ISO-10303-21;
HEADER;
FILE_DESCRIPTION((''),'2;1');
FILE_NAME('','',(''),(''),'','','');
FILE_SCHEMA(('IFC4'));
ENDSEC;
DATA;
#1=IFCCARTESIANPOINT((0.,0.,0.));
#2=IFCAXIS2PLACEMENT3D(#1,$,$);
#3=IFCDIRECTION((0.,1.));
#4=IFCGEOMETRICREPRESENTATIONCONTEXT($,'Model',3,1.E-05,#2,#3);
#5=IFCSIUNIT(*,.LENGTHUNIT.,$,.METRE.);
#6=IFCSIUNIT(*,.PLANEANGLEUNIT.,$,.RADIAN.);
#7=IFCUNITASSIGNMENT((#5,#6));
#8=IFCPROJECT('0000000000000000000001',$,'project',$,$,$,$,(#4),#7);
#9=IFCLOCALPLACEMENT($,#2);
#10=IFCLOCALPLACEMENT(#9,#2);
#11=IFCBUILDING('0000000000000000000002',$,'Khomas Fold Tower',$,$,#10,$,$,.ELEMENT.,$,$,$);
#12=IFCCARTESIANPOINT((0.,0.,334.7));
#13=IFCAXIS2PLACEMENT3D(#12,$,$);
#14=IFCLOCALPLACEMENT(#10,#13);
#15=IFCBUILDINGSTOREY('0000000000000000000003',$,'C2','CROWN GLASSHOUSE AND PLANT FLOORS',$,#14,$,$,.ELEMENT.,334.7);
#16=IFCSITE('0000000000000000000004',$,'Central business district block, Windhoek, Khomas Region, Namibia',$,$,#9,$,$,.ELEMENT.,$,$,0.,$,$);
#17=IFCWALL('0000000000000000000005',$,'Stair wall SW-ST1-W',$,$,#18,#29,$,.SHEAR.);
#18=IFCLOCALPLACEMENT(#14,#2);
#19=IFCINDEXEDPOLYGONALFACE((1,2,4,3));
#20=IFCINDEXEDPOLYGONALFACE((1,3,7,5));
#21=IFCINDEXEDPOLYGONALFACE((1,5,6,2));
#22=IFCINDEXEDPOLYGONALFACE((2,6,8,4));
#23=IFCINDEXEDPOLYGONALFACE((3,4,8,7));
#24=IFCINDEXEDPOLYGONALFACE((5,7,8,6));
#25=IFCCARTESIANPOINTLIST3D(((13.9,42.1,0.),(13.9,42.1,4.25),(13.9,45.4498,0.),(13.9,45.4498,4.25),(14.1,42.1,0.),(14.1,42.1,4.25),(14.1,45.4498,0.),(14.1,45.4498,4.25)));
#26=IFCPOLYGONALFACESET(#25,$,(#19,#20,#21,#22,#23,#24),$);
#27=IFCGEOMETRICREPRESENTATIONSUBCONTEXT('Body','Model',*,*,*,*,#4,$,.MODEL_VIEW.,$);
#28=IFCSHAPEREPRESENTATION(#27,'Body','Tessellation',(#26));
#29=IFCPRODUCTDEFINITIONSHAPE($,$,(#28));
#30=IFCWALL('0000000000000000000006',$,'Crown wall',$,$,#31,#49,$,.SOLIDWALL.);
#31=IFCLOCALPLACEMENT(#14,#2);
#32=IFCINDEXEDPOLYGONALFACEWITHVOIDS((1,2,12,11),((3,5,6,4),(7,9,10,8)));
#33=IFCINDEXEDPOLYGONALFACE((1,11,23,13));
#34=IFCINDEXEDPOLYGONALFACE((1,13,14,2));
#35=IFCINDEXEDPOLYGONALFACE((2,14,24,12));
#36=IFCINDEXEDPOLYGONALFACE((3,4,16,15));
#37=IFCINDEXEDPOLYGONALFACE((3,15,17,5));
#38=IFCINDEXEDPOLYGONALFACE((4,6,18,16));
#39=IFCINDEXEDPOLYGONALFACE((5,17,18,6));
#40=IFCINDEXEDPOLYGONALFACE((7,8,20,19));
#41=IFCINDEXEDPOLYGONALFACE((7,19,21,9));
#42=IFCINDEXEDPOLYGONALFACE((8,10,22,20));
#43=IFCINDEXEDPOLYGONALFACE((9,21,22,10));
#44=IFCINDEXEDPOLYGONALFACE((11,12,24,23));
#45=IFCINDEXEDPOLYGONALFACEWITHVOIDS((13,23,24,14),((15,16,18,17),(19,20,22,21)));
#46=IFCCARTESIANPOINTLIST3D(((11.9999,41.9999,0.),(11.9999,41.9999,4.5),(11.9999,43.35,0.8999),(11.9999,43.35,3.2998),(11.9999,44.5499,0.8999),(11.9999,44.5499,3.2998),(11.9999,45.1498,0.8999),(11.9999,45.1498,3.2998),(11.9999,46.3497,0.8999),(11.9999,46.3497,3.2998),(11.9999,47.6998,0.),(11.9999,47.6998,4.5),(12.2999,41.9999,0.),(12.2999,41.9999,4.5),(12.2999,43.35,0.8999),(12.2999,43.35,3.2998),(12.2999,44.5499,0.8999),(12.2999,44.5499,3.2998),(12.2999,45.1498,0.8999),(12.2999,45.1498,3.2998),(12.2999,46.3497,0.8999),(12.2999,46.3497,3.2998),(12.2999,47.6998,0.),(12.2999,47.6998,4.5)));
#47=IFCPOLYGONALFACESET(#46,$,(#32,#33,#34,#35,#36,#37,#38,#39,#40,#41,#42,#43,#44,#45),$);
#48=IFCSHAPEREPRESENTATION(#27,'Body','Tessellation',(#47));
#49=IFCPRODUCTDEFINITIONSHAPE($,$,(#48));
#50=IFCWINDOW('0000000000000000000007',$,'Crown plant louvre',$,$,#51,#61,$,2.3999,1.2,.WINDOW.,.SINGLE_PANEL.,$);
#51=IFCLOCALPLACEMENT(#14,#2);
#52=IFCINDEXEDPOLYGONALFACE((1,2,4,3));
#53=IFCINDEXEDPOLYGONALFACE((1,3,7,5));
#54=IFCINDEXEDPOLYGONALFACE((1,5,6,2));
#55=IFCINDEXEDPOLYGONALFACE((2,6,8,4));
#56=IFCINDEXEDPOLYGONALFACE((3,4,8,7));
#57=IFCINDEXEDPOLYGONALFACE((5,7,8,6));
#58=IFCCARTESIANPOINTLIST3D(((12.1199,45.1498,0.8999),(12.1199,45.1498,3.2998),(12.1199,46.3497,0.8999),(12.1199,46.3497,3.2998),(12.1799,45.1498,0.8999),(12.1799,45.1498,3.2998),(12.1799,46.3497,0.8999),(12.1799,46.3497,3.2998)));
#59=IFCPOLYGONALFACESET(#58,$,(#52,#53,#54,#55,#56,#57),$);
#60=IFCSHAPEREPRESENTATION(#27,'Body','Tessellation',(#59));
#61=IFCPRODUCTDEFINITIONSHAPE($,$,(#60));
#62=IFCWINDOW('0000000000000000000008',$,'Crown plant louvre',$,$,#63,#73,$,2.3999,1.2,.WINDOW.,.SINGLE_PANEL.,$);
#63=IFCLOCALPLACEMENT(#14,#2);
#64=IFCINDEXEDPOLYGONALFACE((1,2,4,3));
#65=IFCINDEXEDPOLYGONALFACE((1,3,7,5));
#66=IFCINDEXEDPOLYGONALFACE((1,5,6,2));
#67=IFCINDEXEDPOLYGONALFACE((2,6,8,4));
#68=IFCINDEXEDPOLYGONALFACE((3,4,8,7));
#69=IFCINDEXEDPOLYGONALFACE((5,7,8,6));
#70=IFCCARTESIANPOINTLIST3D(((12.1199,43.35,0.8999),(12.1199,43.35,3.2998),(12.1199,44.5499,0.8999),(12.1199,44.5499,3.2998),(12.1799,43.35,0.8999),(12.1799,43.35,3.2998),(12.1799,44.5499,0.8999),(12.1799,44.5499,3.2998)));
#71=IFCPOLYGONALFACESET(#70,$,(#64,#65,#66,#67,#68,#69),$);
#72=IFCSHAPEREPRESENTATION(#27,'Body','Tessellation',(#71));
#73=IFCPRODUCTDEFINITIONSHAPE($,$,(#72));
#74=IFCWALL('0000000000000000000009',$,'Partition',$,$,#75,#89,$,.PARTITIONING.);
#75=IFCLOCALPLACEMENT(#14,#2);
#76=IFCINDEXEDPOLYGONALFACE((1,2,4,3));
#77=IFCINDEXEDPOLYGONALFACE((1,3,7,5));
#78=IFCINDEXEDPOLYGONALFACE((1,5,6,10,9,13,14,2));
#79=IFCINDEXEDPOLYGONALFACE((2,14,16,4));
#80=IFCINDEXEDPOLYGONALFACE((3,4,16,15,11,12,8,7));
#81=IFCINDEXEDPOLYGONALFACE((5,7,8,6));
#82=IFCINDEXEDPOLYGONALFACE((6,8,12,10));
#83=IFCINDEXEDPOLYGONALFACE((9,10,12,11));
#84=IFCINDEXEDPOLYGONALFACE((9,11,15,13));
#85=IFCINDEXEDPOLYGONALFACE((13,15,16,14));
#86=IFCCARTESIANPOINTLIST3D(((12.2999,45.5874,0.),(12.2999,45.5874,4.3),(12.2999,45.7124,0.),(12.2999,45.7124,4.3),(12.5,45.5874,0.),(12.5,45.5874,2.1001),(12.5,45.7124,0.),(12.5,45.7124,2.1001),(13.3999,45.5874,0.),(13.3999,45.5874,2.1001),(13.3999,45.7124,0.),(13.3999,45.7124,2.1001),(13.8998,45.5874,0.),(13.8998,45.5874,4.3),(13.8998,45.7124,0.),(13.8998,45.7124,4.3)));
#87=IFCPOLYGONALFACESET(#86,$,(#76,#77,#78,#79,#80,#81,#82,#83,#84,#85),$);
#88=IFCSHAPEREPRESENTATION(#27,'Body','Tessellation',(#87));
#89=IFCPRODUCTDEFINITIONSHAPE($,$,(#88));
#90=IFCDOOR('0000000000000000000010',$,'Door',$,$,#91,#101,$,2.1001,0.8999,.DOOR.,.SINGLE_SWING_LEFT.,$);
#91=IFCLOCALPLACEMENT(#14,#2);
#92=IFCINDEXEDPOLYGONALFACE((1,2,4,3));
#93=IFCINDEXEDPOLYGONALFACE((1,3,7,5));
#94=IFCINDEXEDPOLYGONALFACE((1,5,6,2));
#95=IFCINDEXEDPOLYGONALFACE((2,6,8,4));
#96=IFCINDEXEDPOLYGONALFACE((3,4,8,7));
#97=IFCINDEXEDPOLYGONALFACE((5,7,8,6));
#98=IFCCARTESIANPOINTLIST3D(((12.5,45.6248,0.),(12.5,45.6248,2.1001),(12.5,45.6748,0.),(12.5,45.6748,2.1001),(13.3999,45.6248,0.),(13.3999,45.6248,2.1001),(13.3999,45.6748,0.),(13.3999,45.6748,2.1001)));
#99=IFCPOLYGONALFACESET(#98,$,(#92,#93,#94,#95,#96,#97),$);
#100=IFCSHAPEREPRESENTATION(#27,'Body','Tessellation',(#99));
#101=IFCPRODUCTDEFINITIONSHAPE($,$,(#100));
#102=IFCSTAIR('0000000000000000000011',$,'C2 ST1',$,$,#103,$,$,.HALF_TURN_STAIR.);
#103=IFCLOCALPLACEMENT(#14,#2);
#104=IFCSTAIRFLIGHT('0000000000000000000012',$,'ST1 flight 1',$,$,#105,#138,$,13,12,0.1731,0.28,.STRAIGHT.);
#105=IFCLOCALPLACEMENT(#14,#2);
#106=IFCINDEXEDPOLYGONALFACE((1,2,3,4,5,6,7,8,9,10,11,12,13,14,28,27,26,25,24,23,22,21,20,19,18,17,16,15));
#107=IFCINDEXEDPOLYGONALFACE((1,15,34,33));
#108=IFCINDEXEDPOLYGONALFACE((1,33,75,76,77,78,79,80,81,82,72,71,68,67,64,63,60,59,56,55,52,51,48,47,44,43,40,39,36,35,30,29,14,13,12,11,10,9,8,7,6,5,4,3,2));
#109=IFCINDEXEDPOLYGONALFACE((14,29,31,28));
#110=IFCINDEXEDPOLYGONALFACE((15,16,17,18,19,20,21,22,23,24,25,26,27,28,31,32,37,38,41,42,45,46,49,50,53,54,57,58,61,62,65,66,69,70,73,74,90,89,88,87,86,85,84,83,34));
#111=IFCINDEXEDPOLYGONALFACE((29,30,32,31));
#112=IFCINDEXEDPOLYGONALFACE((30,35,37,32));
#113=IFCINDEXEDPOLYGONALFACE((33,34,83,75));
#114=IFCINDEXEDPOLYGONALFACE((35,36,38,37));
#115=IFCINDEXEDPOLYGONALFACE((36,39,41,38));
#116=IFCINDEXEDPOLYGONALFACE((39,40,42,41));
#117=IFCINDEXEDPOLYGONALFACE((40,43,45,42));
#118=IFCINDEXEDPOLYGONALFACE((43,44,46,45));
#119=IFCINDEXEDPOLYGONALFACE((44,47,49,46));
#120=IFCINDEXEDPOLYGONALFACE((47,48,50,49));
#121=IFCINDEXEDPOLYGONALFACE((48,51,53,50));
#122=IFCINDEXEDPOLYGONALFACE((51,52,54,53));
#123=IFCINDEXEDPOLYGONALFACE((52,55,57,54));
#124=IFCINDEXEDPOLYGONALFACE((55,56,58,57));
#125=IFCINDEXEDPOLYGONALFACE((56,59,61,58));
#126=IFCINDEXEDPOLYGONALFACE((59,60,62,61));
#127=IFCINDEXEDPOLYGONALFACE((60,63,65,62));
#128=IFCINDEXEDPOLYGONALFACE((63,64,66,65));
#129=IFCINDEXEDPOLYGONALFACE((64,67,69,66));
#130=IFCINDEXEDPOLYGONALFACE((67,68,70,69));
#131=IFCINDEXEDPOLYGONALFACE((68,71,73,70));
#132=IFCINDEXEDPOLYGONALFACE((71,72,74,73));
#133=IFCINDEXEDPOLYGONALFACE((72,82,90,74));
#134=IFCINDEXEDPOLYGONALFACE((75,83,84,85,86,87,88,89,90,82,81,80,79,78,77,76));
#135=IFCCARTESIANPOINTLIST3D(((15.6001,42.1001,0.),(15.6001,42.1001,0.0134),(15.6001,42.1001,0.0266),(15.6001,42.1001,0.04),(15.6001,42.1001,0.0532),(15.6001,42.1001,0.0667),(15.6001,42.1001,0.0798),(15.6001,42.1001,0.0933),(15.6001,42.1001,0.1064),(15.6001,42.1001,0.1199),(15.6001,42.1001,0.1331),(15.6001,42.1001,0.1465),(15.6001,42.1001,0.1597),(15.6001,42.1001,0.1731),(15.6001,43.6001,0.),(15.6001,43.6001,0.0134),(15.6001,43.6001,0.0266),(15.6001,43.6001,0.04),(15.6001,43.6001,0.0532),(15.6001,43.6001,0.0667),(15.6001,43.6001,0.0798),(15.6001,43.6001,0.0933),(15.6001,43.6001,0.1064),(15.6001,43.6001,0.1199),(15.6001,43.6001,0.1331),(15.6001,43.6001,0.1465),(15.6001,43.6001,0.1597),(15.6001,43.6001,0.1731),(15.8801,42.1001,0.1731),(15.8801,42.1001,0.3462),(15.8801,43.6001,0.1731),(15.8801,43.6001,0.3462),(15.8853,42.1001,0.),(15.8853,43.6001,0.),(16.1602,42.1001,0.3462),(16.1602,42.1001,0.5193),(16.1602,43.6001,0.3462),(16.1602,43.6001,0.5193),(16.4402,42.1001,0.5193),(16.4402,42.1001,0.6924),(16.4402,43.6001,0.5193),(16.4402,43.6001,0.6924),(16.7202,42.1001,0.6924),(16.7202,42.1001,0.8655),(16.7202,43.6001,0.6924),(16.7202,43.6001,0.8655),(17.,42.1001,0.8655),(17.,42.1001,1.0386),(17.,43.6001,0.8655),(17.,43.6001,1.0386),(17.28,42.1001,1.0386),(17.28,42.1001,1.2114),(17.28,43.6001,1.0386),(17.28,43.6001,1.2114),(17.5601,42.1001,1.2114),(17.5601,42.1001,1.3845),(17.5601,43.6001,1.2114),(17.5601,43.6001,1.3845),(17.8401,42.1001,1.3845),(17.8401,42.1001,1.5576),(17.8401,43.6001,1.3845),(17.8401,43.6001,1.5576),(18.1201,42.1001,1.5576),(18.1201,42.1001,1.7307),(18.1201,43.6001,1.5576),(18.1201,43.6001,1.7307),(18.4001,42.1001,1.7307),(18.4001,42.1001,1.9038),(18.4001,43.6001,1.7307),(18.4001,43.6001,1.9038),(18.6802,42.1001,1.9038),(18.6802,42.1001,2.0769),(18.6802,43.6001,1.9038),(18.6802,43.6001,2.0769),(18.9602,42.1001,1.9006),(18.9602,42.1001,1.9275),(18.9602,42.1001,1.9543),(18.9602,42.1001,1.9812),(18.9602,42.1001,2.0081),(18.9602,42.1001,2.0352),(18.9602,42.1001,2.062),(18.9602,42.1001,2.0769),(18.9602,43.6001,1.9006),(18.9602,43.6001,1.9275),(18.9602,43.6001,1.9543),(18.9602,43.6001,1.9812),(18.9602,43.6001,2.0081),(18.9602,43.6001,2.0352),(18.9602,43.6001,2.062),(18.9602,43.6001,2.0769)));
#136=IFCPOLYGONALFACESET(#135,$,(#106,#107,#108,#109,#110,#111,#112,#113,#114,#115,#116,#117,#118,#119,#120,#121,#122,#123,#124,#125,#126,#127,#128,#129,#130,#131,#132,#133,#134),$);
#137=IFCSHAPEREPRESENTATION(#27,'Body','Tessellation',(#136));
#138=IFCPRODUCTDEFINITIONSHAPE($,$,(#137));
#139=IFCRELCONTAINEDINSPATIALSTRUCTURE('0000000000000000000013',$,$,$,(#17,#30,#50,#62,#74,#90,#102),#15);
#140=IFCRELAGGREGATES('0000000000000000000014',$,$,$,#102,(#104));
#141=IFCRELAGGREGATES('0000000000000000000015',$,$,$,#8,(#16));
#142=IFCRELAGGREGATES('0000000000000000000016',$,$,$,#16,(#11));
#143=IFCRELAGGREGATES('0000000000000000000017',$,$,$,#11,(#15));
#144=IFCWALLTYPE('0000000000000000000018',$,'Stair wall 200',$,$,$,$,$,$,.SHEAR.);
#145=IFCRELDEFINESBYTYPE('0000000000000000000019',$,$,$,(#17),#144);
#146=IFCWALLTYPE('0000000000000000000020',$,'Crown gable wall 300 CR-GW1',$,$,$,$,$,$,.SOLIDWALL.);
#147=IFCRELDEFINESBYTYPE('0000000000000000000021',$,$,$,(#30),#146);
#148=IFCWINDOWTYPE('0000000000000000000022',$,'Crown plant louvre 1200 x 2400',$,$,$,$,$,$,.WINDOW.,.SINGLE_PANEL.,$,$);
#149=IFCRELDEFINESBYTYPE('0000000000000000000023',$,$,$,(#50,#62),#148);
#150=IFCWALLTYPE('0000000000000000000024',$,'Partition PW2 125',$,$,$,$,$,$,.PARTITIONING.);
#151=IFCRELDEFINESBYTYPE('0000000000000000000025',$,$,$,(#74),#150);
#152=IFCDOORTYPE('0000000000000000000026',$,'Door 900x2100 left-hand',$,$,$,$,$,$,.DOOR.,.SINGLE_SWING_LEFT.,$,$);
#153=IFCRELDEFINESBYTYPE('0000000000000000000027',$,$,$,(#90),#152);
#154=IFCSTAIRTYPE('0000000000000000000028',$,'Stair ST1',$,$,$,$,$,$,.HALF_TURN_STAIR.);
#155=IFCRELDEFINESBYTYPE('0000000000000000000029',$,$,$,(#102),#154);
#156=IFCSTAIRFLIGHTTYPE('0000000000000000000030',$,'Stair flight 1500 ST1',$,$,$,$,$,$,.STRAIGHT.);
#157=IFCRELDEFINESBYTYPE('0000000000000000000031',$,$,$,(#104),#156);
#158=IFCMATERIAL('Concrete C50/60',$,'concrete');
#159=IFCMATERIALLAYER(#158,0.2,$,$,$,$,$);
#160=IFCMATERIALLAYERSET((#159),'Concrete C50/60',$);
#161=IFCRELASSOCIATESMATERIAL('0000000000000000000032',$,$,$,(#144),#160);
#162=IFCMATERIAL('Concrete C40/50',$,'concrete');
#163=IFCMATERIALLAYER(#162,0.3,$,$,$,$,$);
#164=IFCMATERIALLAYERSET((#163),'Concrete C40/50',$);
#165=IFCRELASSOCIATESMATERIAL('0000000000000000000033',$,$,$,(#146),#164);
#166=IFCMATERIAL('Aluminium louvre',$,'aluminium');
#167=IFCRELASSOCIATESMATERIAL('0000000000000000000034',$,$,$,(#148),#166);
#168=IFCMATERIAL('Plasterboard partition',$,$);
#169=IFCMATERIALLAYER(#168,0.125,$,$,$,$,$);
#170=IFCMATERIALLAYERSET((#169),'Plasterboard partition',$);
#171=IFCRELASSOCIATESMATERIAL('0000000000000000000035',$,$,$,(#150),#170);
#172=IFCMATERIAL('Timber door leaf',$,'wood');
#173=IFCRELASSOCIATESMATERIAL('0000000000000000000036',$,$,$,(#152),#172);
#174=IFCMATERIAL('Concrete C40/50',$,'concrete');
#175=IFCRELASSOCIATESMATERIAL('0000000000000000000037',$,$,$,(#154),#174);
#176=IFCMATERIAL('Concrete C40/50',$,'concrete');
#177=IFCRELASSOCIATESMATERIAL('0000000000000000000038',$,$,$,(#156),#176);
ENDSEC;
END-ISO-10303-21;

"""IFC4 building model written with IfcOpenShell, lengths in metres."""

from ifc_helpers import new_model, si_unit, direction, frame, frame_2d, origin, place, context, subcontext, project, spatial, polyline, rectangle, outline, extrude, source, transform, mapped, material, layer, layer_set, type_object, element, fill, aggregate, save


model = new_model("IFC4")

# Units and contexts
model_context = context("Model", 3, precision=1e-05, world=origin(), true_north=direction((0.0, 1.0)))
body_context = subcontext(model_context, "Body", "Model", "MODEL_VIEW")
ifc_project = project(units=[si_unit("LENGTHUNIT", "METRE"), si_unit("PLANEANGLEUNIT", "RADIAN")], contexts=[model_context])

# Site, building, storey
site_placement = place(None, origin())
site = spatial("IfcSite", under=ifc_project, at=site_placement, Name="Central business district block, Windhoek, Khomas Region, Namibia", CompositionType="ELEMENT", RefElevation=0.0)
building_placement = place(site_placement, origin())
building = spatial("IfcBuilding", under=site, at=building_placement, Name="Khomas Fold Tower", CompositionType="ELEMENT")
storey_placement = place(building_placement, frame((0.0, 0.0, 334.7)))
storey = spatial("IfcBuildingStorey", under=building, at=storey_placement, Name="C2", Description="CROWN GLASSHOUSE AND PLANT FLOORS", CompositionType="ELEMENT", Elevation=334.7)

# Shared definitions
ifc_material_1 = material(Name="Concrete C50/60", Category="concrete")
ifc_layer_1 = layer(ifc_material_1, 0.2)
ifc_layer_set_1 = layer_set([ifc_layer_1], Name="Concrete C50/60")
wall_type_1 = type_object("IfcWallType", Name="Stair wall 200", PredefinedType="SHEAR", material=ifc_layer_set_1)

# Wall
shared_shape_1 = source(origin(), body_context, "Body", "SweptSolid", [
    extrude(rectangle(XDim=3.3499, YDim=0.2, at=frame_2d((1.6748, 0.0))), origin(), (0.0, 0.0, 1.0), 4.25),
])
wall_1_placement = place(storey_placement, frame((14.0, 42.1001, 0.0), z_axis=(0.0, 0.0, 1.0), x_axis=(0.0, 1.0, 0.0)))
element("IfcWall", 1, at=wall_1_placement, inside=storey, type_object=wall_type_1, Name="Stair wall SW-ST1-W", PredefinedType="SHEAR", context=body_context, shape_type="MappedRepresentation", body=[
    mapped(shared_shape_1, transform((0.0, 0.0, 0.0))),
])

# Wall, openings, windows
ifc_material_2 = material(Name="Concrete C40/50", Category="concrete")
ifc_layer_2 = layer(ifc_material_2, 0.3)
ifc_layer_set_2 = layer_set([ifc_layer_2], Name="Concrete C40/50")
wall_type_2 = type_object("IfcWallType", Name="Crown gable wall 300 CR-GW1", PredefinedType="SOLIDWALL", material=ifc_layer_set_2)
shared_shape_2 = source(origin(), body_context, "Body", "SweptSolid", [
    extrude(rectangle(XDim=5.7, YDim=0.3, at=frame_2d((2.8501, 0.0))), origin(), (0.0, 0.0, 1.0), 4.5),
])
wall_2_placement = place(storey_placement, frame((12.1499, 47.7, 0.0), z_axis=(0.0, 0.0, 1.0), x_axis=(0.0, -1.0, 0.0)))
wall_2 = element("IfcWall", 2, at=wall_2_placement, inside=storey, type_object=wall_type_2, Name="Crown wall", PredefinedType="SOLIDWALL", context=body_context, shape_type="MappedRepresentation", body=[
    mapped(shared_shape_2, transform((0.0, 0.0, 0.0))),
])
shared_shape_3 = source(origin(), body_context, "Body", "SweptSolid", [
    extrude(rectangle(XDim=1.2, YDim=2.3999, at=frame_2d((0.6001, 1.2))), frame((0.0, 0.1599, 0.0), z_axis=(0.0, -1.0, 0.0), x_axis=(1.0, 0.0, 0.0)), (0.0, 0.0, 1.0), 0.3201),
])
opening_1_placement = place(wall_2_placement, frame((1.3501, 0.0, 0.8999)))
opening_1 = element("IfcOpeningElement", 3, at=opening_1_placement, cuts=wall_2, PredefinedType="OPENING", context=body_context, shape_type="MappedRepresentation", body=[
    mapped(shared_shape_3, transform((0.0, 0.0, 0.0))),
])
opening_2_placement = place(wall_2_placement, frame((3.1499, 0.0, 0.8999)))
opening_2 = element("IfcOpeningElement", 4, at=opening_2_placement, cuts=wall_2, PredefinedType="OPENING", context=body_context, shape_type="MappedRepresentation", body=[
    mapped(shared_shape_3, transform((0.0, 0.0, 0.0))),
])
ifc_material_3 = material(Name="Aluminium louvre", Category="aluminium")
window_type = type_object("IfcWindowType", Name="Crown plant louvre 1200 x 2400", PartitioningType="SINGLE_PANEL", PredefinedType="WINDOW", material=ifc_material_3)
shared_shape_4 = source(origin(), body_context, "Body", "SweptSolid", [
    extrude(rectangle(XDim=1.2, YDim=2.3999, at=frame_2d((0.6001, 1.2))), frame((0.0, 0.03, 0.0), z_axis=(0.0, -1.0, 0.0), x_axis=(1.0, 0.0, 0.0)), (0.0, 0.0, 1.0), 0.0601),
])
window_1_placement = place(opening_1_placement, origin())
window_1 = element("IfcWindow", 5, at=window_1_placement, inside=storey, type_object=window_type, Name="Crown plant louvre", OverallHeight=2.3999, OverallWidth=1.2, PartitioningType="SINGLE_PANEL", PredefinedType="WINDOW", context=body_context, shape_type="MappedRepresentation", body=[
    mapped(shared_shape_4, transform((0.0, 0.0, 0.0))),
])
fill(opening_1, window_1)
window_2_placement = place(opening_2_placement, origin())
window_2 = element("IfcWindow", 6, at=window_2_placement, inside=storey, type_object=window_type, Name="Crown plant louvre", OverallHeight=2.3999, OverallWidth=1.2, PartitioningType="SINGLE_PANEL", PredefinedType="WINDOW", context=body_context, shape_type="MappedRepresentation", body=[
    mapped(shared_shape_4, transform((0.0, 0.0, 0.0))),
])
fill(opening_2, window_2)

# Wall, opening, door
ifc_material_4 = material(Name="Plasterboard partition")
ifc_layer_3 = layer(ifc_material_4, 0.125)
ifc_layer_set_3 = layer_set([ifc_layer_3], Name="Plasterboard partition")
wall_type_3 = type_object("IfcWallType", Name="Partition PW2 125", PredefinedType="PARTITIONING", material=ifc_layer_set_3)
shared_shape_5 = source(origin(), body_context, "Body", "SweptSolid", [
    extrude(rectangle(XDim=1.5999, YDim=0.125, at=frame_2d((0.7998, 0.0))), origin(), (0.0, 0.0, 1.0), 4.3),
])
wall_3_placement = place(storey_placement, frame((12.3, 45.6499, 0.0), z_axis=(0.0, 0.0, 1.0), x_axis=(1.0, 0.0, 0.0)))
wall_3 = element("IfcWall", 7, at=wall_3_placement, inside=storey, type_object=wall_type_3, Name="Partition", PredefinedType="PARTITIONING", context=body_context, shape_type="MappedRepresentation", body=[
    mapped(shared_shape_5, transform((0.0, 0.0, 0.0))),
])
shared_shape_6 = source(origin(), body_context, "Body", "SweptSolid", [
    extrude(rectangle(XDim=0.8999, YDim=2.1001, at=frame_2d((0.45, 1.05))), frame((0.0, 0.0725, 0.0), z_axis=(0.0, -1.0, 0.0), x_axis=(1.0, 0.0, 0.0)), (0.0, 0.0, 1.0), 0.145),
])
opening_3_placement = place(wall_3_placement, frame((0.2, 0.0, 0.0)))
opening_3 = element("IfcOpeningElement", 8, at=opening_3_placement, cuts=wall_3, PredefinedType="OPENING", context=body_context, shape_type="MappedRepresentation", body=[
    mapped(shared_shape_6, transform((0.0, 0.0, 0.0))),
])
ifc_material_5 = material(Name="Timber door leaf", Category="wood")
door_type_1 = type_object("IfcDoorType", Name="Door 900x2100 left-hand", OperationType="SINGLE_SWING_LEFT", PredefinedType="DOOR", material=ifc_material_5)
shared_shape_7 = source(origin(), body_context, "Body", "SweptSolid", [
    extrude(rectangle(XDim=0.8999, YDim=2.1001, at=frame_2d((0.45, 1.05))), frame((0.0, 0.0249, 0.0), z_axis=(0.0, -1.0, 0.0), x_axis=(1.0, 0.0, 0.0)), (0.0, 0.0, 1.0), 0.05),
])
door_1_placement = place(opening_3_placement, origin())
door_1 = element("IfcDoor", 9, at=door_1_placement, inside=storey, type_object=door_type_1, Name="Door", OperationType="SINGLE_SWING_LEFT", OverallHeight=2.1001, OverallWidth=0.8999, PredefinedType="DOOR", context=body_context, shape_type="MappedRepresentation", body=[
    mapped(shared_shape_7, transform((0.0, 0.0, 0.0))),
])
fill(opening_3, door_1)

# Stair, stair flight
ifc_material_6 = material(Name="Concrete C40/50", Category="concrete")
stair_type_1 = type_object("IfcStairType", Name="Stair ST1", PredefinedType="HALF_TURN_STAIR", material=ifc_material_6)
stair_1_placement = place(storey_placement, origin())
stair_1 = element("IfcStair", 10, at=stair_1_placement, inside=storey, type_object=stair_type_1, Name="C2 ST1", PredefinedType="HALF_TURN_STAIR")
ifc_material_7 = material(Name="Concrete C40/50", Category="concrete")
stair_flight_type_1 = type_object("IfcStairFlightType", Name="Stair flight 1500 ST1", PredefinedType="STRAIGHT", material=ifc_material_7)
shared_shape_8 = source(origin(), body_context, "Body", "SweptSolid", [
    extrude(outline(polyline([(0.0, 0.0), (0.0, 0.0134), (0.0, 0.0266), (0.0, 0.04), (0.0, 0.0532), (0.0, 0.0667), (0.0, 0.0798), (0.0, 0.0933), (0.0, 0.1064), (0.0, 0.1199), (0.0, 0.1331), (0.0, 0.1465), (0.0, 0.1597), (0.0, 0.1731), (0.28, 0.1731), (0.28, 0.3462), (0.5601, 0.3462), (0.5601, 0.5193), (0.8401, 0.5193), (0.8401, 0.6924), (1.1201, 0.6924), (1.1201, 0.8655), (1.3999, 0.8655), (1.3999, 1.0386), (1.6799, 1.0386), (1.6799, 1.2114), (1.96, 1.2114), (1.96, 1.3845), (2.24, 1.3845), (2.24, 1.5576), (2.52, 1.5576), (2.52, 1.7307), (2.8, 1.7307), (2.8, 1.9038), (3.0801, 1.9038), (3.0801, 2.0769), (3.3601, 2.0769), (3.3601, 2.25), (3.3601, 2.2231), (3.3601, 2.1963), (3.3601, 2.1694), (3.3601, 2.1426), (3.3601, 2.1157), (3.3601, 2.0889), (3.3601, 2.062), (3.3601, 2.0352), (3.3601, 2.0081), (3.3601, 1.9812), (3.3601, 1.9543), (3.3601, 1.9275), (3.3601, 1.9006), (0.2852, 0.0), (0.0, 0.0)])), frame((0.0, 0.75, 0.0), z_axis=(0.0, -1.0, 0.0), x_axis=(1.0, 0.0, 0.0)), (0.0, 0.0, 1.0), 1.5),
])
stair_flight_1_placement = place(storey_placement, frame((15.6001, 42.8501, 0.0), z_axis=(0.0, 0.0, 1.0), x_axis=(1.0, 0.0, 0.0)))
stair_flight_1 = element("IfcStairFlight", 11, at=stair_flight_1_placement, type_object=stair_flight_type_1, Name="ST1 flight 1", NumberOfRisers=13, NumberOfTreads=12, PredefinedType="STRAIGHT", RiserHeight=0.1731, TreadLength=0.28, context=body_context, shape_type="MappedRepresentation", body=[
    mapped(shared_shape_8, transform((0.0, 0.0, 0.0))),
])
aggregate(stair_1, [stair_flight_1])

save(model, "model.ifc")
